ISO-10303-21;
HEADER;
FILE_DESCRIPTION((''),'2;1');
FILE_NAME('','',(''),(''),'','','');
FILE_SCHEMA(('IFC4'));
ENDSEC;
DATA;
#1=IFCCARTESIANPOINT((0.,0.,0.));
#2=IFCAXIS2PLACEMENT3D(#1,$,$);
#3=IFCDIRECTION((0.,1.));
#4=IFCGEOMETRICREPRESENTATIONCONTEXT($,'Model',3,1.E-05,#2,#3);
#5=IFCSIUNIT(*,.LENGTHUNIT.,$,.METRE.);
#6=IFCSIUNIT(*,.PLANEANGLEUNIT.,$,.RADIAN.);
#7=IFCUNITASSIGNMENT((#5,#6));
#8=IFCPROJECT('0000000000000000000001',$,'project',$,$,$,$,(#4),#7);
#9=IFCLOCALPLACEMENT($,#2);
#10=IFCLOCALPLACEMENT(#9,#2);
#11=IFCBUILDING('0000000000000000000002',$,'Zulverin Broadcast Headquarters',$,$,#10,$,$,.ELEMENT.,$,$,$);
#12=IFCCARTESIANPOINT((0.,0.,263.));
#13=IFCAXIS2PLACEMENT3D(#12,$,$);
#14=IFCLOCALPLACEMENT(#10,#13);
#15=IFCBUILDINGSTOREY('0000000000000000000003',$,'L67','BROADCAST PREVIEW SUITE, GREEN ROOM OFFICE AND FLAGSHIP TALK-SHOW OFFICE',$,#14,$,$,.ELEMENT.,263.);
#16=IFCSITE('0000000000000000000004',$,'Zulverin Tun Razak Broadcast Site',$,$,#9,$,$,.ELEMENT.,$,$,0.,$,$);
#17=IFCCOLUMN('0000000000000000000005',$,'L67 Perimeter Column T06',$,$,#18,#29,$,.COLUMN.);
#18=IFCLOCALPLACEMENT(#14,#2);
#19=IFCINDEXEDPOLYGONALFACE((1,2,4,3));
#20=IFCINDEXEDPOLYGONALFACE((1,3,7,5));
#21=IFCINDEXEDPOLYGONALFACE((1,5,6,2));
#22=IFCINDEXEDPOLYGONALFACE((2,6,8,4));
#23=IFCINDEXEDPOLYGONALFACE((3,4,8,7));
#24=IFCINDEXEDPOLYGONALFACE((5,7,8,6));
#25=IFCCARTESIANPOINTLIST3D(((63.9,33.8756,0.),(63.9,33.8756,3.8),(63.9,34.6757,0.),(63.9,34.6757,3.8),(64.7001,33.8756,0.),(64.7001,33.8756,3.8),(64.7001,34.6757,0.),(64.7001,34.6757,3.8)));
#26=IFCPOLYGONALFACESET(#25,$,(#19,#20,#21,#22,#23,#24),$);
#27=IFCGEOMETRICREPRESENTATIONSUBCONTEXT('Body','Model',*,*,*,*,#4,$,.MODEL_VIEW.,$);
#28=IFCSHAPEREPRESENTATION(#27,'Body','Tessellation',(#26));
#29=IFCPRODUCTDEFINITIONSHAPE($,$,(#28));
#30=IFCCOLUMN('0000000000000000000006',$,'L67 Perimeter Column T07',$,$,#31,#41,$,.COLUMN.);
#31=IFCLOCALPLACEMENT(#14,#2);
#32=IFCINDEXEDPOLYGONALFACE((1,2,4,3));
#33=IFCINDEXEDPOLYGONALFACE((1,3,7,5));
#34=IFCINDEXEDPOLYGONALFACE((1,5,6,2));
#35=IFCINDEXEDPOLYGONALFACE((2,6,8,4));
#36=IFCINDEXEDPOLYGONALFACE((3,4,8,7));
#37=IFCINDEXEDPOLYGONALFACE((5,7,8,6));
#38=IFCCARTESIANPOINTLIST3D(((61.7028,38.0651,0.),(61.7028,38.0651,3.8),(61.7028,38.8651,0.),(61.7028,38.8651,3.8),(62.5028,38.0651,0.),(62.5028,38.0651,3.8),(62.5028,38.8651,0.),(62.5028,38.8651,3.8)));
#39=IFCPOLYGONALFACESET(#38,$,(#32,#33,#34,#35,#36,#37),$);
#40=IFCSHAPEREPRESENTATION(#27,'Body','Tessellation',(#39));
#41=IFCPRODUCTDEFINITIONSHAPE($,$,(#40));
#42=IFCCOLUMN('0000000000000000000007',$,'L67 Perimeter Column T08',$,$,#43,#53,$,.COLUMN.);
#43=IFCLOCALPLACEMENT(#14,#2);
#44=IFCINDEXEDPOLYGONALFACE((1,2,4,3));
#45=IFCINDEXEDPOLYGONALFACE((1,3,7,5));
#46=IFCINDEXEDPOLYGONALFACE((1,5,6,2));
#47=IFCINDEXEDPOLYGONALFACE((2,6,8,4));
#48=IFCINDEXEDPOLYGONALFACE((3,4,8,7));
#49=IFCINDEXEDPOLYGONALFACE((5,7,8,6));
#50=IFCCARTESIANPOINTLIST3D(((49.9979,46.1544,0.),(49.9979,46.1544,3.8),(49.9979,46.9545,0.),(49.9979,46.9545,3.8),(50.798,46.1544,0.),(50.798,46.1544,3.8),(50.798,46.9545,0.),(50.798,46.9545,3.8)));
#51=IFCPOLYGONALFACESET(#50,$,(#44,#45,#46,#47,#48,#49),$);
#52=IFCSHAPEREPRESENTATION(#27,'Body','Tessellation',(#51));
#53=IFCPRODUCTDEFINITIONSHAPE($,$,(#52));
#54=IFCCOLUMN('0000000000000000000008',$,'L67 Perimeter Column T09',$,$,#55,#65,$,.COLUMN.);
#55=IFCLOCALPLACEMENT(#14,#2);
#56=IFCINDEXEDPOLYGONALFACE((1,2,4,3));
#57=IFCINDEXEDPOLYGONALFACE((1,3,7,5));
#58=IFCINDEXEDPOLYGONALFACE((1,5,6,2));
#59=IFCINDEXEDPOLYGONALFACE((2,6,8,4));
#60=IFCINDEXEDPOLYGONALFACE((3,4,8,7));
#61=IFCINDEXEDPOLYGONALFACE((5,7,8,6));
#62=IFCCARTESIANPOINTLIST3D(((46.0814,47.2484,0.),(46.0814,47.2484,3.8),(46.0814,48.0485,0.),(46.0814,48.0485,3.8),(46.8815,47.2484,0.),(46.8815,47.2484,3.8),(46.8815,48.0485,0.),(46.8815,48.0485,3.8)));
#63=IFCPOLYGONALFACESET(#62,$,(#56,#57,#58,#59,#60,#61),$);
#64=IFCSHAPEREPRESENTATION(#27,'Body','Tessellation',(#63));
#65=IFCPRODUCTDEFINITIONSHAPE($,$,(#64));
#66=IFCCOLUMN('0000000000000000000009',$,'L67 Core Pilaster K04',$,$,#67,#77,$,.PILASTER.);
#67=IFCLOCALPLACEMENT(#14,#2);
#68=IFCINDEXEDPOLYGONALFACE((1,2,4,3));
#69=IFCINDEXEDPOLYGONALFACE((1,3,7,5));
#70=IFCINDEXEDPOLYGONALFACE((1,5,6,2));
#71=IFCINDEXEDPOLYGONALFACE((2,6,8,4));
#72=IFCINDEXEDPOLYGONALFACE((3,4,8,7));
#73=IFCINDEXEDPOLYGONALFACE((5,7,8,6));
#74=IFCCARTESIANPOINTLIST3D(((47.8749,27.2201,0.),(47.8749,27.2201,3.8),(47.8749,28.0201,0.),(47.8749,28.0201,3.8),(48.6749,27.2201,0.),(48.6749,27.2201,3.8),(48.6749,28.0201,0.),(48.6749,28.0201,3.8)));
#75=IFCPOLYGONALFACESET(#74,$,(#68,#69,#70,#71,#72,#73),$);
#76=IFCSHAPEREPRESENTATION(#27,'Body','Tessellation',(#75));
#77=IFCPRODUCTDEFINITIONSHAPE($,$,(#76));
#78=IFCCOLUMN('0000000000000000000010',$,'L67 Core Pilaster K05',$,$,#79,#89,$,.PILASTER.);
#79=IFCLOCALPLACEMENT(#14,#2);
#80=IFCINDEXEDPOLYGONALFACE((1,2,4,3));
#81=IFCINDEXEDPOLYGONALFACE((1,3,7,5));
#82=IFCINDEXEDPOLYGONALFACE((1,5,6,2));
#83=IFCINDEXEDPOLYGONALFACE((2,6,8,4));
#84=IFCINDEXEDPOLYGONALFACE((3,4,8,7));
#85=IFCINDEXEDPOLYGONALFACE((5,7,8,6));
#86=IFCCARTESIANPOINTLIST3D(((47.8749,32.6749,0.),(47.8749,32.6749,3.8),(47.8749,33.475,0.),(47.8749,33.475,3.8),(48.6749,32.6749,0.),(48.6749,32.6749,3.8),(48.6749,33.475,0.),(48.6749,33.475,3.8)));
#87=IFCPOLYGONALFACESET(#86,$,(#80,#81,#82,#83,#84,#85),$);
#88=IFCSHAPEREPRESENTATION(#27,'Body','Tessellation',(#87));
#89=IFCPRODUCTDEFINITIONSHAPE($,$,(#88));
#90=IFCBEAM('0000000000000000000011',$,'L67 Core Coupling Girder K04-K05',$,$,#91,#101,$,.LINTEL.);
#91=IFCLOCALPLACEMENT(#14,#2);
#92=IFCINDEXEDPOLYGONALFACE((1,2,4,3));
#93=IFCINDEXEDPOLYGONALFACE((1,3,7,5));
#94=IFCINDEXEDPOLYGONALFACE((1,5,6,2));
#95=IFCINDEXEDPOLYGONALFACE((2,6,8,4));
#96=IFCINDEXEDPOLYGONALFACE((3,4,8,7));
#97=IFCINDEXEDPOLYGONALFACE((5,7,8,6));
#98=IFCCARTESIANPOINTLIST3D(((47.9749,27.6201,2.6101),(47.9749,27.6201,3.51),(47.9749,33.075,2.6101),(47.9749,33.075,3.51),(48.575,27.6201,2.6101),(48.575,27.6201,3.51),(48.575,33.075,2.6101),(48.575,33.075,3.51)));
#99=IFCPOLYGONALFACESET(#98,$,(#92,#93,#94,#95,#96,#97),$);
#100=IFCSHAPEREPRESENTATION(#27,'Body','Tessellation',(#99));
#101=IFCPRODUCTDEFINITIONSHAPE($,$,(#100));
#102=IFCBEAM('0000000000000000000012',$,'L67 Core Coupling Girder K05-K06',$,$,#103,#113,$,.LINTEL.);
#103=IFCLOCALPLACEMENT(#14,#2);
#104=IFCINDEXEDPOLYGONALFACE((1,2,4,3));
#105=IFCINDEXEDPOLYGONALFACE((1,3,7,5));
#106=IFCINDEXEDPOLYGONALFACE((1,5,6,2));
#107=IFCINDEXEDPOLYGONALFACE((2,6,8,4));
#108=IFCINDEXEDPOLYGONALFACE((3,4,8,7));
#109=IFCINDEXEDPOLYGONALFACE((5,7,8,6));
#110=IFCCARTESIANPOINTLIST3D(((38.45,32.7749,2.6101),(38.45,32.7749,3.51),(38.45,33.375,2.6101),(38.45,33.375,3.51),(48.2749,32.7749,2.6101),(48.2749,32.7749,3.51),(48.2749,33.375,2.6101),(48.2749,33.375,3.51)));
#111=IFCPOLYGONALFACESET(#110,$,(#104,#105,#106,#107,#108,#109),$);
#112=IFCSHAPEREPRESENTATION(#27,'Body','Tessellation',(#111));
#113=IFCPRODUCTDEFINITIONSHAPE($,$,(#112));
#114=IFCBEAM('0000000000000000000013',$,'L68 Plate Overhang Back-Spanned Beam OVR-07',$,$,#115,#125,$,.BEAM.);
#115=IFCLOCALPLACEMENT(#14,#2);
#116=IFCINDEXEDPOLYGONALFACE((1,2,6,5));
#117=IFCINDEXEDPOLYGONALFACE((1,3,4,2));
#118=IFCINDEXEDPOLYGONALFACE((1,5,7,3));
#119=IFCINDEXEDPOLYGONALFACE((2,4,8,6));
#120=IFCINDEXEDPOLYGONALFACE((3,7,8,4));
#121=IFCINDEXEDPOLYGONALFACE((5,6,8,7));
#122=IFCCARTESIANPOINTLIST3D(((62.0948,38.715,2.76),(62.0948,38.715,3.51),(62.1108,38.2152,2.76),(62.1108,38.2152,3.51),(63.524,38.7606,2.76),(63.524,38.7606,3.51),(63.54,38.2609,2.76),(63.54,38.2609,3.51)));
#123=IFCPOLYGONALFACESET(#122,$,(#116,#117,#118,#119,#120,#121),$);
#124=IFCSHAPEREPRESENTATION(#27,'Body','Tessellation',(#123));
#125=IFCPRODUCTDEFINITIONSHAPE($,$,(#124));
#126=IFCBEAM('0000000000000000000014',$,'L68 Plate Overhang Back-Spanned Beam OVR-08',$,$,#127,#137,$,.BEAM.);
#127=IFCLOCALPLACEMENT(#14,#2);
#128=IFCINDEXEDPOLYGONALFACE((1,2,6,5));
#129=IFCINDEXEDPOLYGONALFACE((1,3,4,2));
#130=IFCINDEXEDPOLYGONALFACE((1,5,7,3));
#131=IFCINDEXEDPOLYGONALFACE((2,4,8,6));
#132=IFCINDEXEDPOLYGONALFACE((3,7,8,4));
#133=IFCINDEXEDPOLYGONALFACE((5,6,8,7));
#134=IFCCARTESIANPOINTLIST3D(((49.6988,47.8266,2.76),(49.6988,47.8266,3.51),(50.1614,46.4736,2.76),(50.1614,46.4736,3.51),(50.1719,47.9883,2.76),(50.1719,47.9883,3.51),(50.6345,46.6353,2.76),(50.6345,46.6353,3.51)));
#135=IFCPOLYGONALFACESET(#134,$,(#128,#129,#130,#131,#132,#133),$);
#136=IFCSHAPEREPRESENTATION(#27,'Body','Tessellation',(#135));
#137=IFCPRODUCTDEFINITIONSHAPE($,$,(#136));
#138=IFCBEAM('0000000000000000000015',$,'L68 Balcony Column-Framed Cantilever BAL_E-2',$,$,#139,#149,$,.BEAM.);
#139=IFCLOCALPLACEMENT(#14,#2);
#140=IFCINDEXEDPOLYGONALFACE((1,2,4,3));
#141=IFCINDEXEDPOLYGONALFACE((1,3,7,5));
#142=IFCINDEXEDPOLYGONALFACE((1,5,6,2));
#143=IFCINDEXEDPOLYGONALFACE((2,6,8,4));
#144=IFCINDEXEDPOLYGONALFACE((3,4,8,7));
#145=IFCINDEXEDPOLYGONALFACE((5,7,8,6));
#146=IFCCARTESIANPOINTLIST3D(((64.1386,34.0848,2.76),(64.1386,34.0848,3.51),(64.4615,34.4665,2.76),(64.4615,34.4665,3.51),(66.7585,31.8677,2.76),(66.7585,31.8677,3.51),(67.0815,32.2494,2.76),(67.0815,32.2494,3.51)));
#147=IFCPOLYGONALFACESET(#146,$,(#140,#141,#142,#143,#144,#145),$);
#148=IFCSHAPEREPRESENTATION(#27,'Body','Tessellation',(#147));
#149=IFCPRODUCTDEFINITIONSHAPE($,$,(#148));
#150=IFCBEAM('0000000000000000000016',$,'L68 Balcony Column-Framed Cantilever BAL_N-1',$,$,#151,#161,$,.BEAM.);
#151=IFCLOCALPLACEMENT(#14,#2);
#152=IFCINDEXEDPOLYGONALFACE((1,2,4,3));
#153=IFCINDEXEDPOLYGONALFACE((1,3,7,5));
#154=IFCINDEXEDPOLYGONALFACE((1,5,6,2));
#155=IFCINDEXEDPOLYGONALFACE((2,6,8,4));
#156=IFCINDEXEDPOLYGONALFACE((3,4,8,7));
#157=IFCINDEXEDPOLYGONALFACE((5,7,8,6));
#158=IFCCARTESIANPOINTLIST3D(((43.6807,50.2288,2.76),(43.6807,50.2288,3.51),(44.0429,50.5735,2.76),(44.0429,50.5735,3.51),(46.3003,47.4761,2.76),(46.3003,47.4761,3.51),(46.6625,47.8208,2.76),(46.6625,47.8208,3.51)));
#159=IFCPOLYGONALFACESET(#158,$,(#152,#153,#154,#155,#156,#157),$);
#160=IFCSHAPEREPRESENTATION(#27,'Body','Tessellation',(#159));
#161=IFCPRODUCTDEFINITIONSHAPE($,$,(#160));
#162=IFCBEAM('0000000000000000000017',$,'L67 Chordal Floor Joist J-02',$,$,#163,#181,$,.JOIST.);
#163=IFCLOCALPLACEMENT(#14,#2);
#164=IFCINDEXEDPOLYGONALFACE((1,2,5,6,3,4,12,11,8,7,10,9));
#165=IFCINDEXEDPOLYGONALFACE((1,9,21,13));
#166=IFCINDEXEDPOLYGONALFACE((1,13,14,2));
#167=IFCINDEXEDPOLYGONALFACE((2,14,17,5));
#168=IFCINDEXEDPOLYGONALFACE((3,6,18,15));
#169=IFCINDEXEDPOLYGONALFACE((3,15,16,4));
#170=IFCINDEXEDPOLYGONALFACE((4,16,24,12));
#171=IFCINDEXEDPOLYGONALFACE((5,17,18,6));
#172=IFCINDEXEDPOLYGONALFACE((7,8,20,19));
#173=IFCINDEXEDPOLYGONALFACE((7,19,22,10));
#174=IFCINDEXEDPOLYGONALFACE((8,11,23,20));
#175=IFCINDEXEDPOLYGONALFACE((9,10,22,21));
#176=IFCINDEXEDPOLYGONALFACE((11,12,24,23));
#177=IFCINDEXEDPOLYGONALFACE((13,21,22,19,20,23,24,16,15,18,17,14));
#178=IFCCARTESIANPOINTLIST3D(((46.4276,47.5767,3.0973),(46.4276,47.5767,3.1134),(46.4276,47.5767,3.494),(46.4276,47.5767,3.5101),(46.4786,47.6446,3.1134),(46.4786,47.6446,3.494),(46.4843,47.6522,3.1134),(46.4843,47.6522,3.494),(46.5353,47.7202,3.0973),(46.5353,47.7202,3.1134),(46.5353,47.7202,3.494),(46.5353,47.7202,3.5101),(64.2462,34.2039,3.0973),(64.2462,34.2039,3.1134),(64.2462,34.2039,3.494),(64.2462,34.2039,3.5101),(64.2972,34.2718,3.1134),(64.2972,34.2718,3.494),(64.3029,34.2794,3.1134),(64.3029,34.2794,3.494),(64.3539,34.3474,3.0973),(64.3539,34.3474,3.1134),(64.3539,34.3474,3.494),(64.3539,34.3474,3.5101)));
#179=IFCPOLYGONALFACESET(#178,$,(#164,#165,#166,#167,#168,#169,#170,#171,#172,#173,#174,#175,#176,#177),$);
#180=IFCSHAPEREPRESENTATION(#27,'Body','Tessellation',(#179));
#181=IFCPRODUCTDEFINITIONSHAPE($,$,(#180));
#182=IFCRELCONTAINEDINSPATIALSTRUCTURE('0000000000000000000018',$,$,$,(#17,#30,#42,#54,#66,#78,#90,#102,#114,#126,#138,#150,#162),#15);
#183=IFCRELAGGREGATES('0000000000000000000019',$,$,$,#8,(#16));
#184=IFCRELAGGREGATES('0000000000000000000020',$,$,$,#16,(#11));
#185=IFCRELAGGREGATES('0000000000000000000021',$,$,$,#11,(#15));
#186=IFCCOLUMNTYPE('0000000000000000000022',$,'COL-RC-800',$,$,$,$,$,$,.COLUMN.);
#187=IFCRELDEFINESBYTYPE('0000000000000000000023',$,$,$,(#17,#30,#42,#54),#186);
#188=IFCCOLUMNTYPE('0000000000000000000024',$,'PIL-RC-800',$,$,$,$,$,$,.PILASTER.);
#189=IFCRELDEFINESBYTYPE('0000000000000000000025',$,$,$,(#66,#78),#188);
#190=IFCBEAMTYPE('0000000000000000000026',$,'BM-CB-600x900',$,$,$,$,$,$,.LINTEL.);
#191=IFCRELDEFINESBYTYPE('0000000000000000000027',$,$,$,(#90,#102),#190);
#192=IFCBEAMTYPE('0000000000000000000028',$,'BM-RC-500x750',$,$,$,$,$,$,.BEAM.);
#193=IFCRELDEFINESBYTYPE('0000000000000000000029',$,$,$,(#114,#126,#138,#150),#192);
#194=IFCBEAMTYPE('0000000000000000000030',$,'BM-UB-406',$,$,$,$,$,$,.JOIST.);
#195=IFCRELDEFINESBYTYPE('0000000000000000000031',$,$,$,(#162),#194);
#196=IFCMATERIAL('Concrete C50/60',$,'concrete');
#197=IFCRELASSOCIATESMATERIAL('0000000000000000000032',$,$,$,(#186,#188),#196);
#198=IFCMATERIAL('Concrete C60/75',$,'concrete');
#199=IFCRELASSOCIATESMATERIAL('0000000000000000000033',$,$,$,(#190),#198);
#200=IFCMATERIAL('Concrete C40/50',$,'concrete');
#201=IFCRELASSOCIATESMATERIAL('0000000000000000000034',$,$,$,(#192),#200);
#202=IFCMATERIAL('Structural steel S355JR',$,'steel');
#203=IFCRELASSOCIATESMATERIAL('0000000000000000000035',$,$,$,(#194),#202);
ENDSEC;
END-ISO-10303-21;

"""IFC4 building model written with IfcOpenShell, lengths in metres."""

from ifc_helpers import new_model, si_unit, direction, frame, origin, origin_2d, place, context, subcontext, project, spatial, rectangle, i_section, extrude, material, material_profile, profile_set, type_object, element, save


model = new_model("IFC4")

# Units and contexts
model_context = context("Model", 3, precision=1e-05, world=origin(), true_north=direction((0.0, 1.0)))
body_context = subcontext(model_context, "Body", "Model", "MODEL_VIEW")
ifc_project = project(units=[si_unit("LENGTHUNIT", "METRE"), si_unit("PLANEANGLEUNIT", "RADIAN")], contexts=[model_context])

# Site, building, storey
site_placement = place(None, origin())
site = spatial("IfcSite", under=ifc_project, at=site_placement, Name="Zulverin Tun Razak Broadcast Site", CompositionType="ELEMENT", RefElevation=0.0)
building_placement = place(site_placement, origin())
building = spatial("IfcBuilding", under=site, at=building_placement, Name="Zulverin Broadcast Headquarters", CompositionType="ELEMENT")
storey_placement = place(building_placement, frame((0.0, 0.0, 263.0)))
storey = spatial("IfcBuildingStorey", under=building, at=storey_placement, Name="L67", Description="BROADCAST PREVIEW SUITE, GREEN ROOM OFFICE AND FLAGSHIP TALK-SHOW OFFICE", CompositionType="ELEMENT", Elevation=263.0)

# Columns
ifc_material_1 = material(Name="Concrete C50/60", Category="concrete")
ifc_material_profile_1 = material_profile(ifc_material_1, rectangle(XDim=0.8, YDim=0.8, at=origin_2d()), Name="Concrete C50/60", Category="concrete")
ifc_profile_set_1 = profile_set([ifc_material_profile_1], Name="Concrete C50/60")
column_type_1 = type_object("IfcColumnType", Name="COL-RC-800", PredefinedType="COLUMN", material=ifc_profile_set_1)
for number, where, z_axis, x_axis, name in (
    (1, (64.3, 34.2756, 0.0), (0.0, 0.0, 1.0), (1.0, 0.0, 0.0), "L67 Perimeter Column T06"),
    (2, (62.1028, 38.4651, 0.0), (0.0, 0.0, 1.0), (1.0, 0.0, 0.0), "L67 Perimeter Column T07"),
    (3, (50.3979, 46.5544, 0.0), (0.0, 0.0, 1.0), (1.0, 0.0, 0.0), "L67 Perimeter Column T08"),
    (4, (46.4814, 47.6484, 0.0), (0.0, 0.0, 1.0), (1.0, 0.0, 0.0), "L67 Perimeter Column T09"),
):
    element("IfcColumn", number, at=place(storey_placement, frame(where, z_axis=z_axis, x_axis=x_axis)), inside=storey, type_object=column_type_1, Name=name, PredefinedType="COLUMN", context=body_context, shape_type="SweptSolid", body=[
        extrude(rectangle(XDim=0.8, YDim=0.8, at=origin_2d()), origin(), (0.0, 0.0, 1.0), 3.8),
    ])
ifc_material_profile_2 = material_profile(ifc_material_1, rectangle(XDim=0.8, YDim=0.8, at=origin_2d()), Name="Concrete C50/60", Category="concrete")
ifc_profile_set_2 = profile_set([ifc_material_profile_2], Name="Concrete C50/60")
column_type_2 = type_object("IfcColumnType", Name="PIL-RC-800", PredefinedType="PILASTER", material=ifc_profile_set_2)
for number, where, z_axis, x_axis, name in (
    (5, (48.2749, 27.6201, 0.0), (0.0, 0.0, 1.0), (1.0, 0.0, 0.0), "L67 Core Pilaster K04"),
    (6, (48.2749, 33.075, 0.0), (0.0, 0.0, 1.0), (1.0, 0.0, 0.0), "L67 Core Pilaster K05"),
):
    element("IfcColumn", number, at=place(storey_placement, frame(where, z_axis=z_axis, x_axis=x_axis)), inside=storey, type_object=column_type_2, Name=name, PredefinedType="PILASTER", context=body_context, shape_type="SweptSolid", body=[
        extrude(rectangle(XDim=0.8, YDim=0.8, at=origin_2d()), origin(), (0.0, 0.0, 1.0), 3.8),
    ])

# Beams
ifc_material_2 = material(Name="Concrete C60/75", Category="concrete")
ifc_material_profile_3 = material_profile(ifc_material_2, rectangle(XDim=0.6001, YDim=0.8999, at=origin_2d()), Name="Concrete C60/75", Category="concrete")
ifc_profile_set_3 = profile_set([ifc_material_profile_3], Name="Concrete C60/75")
beam_type_1 = type_object("IfcBeamType", Name="BM-CB-600x900", PredefinedType="LINTEL", material=ifc_profile_set_3)
beam_1_placement = place(storey_placement, frame((48.2749, 27.6201, 3.0601), z_axis=(0.0, 1.0, 0.0), x_axis=(-1.0, 0.0, 0.0)))
element("IfcBeam", 7, at=beam_1_placement, inside=storey, type_object=beam_type_1, Name="L67 Core Coupling Girder K04-K05", PredefinedType="LINTEL", context=body_context, shape_type="SweptSolid", body=[
    extrude(rectangle(XDim=0.6001, YDim=0.8999, at=origin_2d()), origin(), (0.0, 0.0, 1.0), 5.4548),
])
beam_2_placement = place(storey_placement, frame((48.2749, 33.075, 3.0601), z_axis=(-1.0, 0.0, 0.0), x_axis=(0.0, -1.0, 0.0)))
element("IfcBeam", 8, at=beam_2_placement, inside=storey, type_object=beam_type_1, Name="L67 Core Coupling Girder K05-K06", PredefinedType="LINTEL", context=body_context, shape_type="SweptSolid", body=[
    extrude(rectangle(XDim=0.6001, YDim=0.8999, at=origin_2d()), origin(), (0.0, 0.0, 1.0), 9.825),
])
ifc_material_3 = material(Name="Concrete C40/50", Category="concrete")
ifc_material_profile_4 = material_profile(ifc_material_3, rectangle(XDim=0.5, YDim=0.75, at=origin_2d()), Name="Concrete C40/50", Category="concrete")
ifc_profile_set_4 = profile_set([ifc_material_profile_4], Name="Concrete C40/50")
beam_type_2 = type_object("IfcBeamType", Name="BM-RC-500x750", PredefinedType="BEAM", material=ifc_profile_set_4)
for number, where, z_axis, x_axis, name in (
    (9, (62.1028, 38.4651, 3.135), (0.99949, 0.031928, 0.0), (-0.031928, 0.99949, 0.0), "L68 Plate Overhang Back-Spanned Beam OVR-07"),
    (10, (50.3979, 46.5544, 3.135), (-0.323543, 0.946214, 0.0), (-0.946214, -0.323543, 0.0), "L68 Plate Overhang Back-Spanned Beam OVR-08"),
):
    element("IfcBeam", number, at=place(storey_placement, frame(where, z_axis=z_axis, x_axis=x_axis)), inside=storey, type_object=beam_type_2, Name=name, PredefinedType="BEAM", context=body_context, shape_type="SweptSolid", body=[
        extrude(rectangle(XDim=0.5, YDim=0.75, at=origin_2d()), origin(), (0.0, 0.0, 1.0), 1.4299),
    ])
beam_3_placement = place(storey_placement, frame((64.3, 34.2756, 3.135), z_axis=(0.763354, -0.645981, 0.0), x_axis=(0.645981, 0.763354, 0.0)))
element("IfcBeam", 11, at=beam_3_placement, inside=storey, type_object=beam_type_2, Name="L68 Balcony Column-Framed Cantilever BAL_E-2", PredefinedType="BEAM", context=body_context, shape_type="SweptSolid", body=[
    extrude(rectangle(XDim=0.5, YDim=0.75, at=origin_2d()), origin(), (0.0, 0.0, 1.0), 3.4321),
])
beam_4_placement = place(storey_placement, frame((46.4814, 47.6484, 3.135), z_axis=(-0.689382, 0.724398, 0.0), x_axis=(-0.724398, -0.689382, 0.0)))
element("IfcBeam", 12, at=beam_4_placement, inside=storey, type_object=beam_type_2, Name="L68 Balcony Column-Framed Cantilever BAL_N-1", PredefinedType="BEAM", context=body_context, shape_type="SweptSolid", body=[
    extrude(rectangle(XDim=0.5, YDim=0.75, at=origin_2d()), origin(), (0.0, 0.0, 1.0), 3.8),
])
ifc_material_4 = material(Name="Structural steel S355JR", Category="steel")
ifc_material_profile_5 = material_profile(ifc_material_4, i_section(OverallWidth=0.1794, OverallDepth=0.4128, WebThickness=0.0095, FlangeThickness=0.0161, at=origin_2d()), Name="Structural steel S355JR", Category="steel")
ifc_profile_set_5 = profile_set([ifc_material_profile_5], Name="Structural steel S355JR")
beam_type_3 = type_object("IfcBeamType", Name="BM-UB-406", PredefinedType="JOIST", material=ifc_profile_set_5)
beam_5_placement = place(storey_placement, frame((64.3, 34.2756, 3.3037), z_axis=(-0.799809, 0.600254, 0.0), x_axis=(-0.600254, -0.799809, 0.0)))
element("IfcBeam", 13, at=beam_5_placement, inside=storey, type_object=beam_type_3, Name="L67 Chordal Floor Joist J-02", PredefinedType="JOIST", context=body_context, shape_type="SweptSolid", body=[
    extrude(i_section(OverallWidth=0.1794, OverallDepth=0.4128, WebThickness=0.0095, FlangeThickness=0.0161, at=origin_2d()), origin(), (0.0, 0.0, 1.0), 22.2786),
])

save(model, "model.ifc")
